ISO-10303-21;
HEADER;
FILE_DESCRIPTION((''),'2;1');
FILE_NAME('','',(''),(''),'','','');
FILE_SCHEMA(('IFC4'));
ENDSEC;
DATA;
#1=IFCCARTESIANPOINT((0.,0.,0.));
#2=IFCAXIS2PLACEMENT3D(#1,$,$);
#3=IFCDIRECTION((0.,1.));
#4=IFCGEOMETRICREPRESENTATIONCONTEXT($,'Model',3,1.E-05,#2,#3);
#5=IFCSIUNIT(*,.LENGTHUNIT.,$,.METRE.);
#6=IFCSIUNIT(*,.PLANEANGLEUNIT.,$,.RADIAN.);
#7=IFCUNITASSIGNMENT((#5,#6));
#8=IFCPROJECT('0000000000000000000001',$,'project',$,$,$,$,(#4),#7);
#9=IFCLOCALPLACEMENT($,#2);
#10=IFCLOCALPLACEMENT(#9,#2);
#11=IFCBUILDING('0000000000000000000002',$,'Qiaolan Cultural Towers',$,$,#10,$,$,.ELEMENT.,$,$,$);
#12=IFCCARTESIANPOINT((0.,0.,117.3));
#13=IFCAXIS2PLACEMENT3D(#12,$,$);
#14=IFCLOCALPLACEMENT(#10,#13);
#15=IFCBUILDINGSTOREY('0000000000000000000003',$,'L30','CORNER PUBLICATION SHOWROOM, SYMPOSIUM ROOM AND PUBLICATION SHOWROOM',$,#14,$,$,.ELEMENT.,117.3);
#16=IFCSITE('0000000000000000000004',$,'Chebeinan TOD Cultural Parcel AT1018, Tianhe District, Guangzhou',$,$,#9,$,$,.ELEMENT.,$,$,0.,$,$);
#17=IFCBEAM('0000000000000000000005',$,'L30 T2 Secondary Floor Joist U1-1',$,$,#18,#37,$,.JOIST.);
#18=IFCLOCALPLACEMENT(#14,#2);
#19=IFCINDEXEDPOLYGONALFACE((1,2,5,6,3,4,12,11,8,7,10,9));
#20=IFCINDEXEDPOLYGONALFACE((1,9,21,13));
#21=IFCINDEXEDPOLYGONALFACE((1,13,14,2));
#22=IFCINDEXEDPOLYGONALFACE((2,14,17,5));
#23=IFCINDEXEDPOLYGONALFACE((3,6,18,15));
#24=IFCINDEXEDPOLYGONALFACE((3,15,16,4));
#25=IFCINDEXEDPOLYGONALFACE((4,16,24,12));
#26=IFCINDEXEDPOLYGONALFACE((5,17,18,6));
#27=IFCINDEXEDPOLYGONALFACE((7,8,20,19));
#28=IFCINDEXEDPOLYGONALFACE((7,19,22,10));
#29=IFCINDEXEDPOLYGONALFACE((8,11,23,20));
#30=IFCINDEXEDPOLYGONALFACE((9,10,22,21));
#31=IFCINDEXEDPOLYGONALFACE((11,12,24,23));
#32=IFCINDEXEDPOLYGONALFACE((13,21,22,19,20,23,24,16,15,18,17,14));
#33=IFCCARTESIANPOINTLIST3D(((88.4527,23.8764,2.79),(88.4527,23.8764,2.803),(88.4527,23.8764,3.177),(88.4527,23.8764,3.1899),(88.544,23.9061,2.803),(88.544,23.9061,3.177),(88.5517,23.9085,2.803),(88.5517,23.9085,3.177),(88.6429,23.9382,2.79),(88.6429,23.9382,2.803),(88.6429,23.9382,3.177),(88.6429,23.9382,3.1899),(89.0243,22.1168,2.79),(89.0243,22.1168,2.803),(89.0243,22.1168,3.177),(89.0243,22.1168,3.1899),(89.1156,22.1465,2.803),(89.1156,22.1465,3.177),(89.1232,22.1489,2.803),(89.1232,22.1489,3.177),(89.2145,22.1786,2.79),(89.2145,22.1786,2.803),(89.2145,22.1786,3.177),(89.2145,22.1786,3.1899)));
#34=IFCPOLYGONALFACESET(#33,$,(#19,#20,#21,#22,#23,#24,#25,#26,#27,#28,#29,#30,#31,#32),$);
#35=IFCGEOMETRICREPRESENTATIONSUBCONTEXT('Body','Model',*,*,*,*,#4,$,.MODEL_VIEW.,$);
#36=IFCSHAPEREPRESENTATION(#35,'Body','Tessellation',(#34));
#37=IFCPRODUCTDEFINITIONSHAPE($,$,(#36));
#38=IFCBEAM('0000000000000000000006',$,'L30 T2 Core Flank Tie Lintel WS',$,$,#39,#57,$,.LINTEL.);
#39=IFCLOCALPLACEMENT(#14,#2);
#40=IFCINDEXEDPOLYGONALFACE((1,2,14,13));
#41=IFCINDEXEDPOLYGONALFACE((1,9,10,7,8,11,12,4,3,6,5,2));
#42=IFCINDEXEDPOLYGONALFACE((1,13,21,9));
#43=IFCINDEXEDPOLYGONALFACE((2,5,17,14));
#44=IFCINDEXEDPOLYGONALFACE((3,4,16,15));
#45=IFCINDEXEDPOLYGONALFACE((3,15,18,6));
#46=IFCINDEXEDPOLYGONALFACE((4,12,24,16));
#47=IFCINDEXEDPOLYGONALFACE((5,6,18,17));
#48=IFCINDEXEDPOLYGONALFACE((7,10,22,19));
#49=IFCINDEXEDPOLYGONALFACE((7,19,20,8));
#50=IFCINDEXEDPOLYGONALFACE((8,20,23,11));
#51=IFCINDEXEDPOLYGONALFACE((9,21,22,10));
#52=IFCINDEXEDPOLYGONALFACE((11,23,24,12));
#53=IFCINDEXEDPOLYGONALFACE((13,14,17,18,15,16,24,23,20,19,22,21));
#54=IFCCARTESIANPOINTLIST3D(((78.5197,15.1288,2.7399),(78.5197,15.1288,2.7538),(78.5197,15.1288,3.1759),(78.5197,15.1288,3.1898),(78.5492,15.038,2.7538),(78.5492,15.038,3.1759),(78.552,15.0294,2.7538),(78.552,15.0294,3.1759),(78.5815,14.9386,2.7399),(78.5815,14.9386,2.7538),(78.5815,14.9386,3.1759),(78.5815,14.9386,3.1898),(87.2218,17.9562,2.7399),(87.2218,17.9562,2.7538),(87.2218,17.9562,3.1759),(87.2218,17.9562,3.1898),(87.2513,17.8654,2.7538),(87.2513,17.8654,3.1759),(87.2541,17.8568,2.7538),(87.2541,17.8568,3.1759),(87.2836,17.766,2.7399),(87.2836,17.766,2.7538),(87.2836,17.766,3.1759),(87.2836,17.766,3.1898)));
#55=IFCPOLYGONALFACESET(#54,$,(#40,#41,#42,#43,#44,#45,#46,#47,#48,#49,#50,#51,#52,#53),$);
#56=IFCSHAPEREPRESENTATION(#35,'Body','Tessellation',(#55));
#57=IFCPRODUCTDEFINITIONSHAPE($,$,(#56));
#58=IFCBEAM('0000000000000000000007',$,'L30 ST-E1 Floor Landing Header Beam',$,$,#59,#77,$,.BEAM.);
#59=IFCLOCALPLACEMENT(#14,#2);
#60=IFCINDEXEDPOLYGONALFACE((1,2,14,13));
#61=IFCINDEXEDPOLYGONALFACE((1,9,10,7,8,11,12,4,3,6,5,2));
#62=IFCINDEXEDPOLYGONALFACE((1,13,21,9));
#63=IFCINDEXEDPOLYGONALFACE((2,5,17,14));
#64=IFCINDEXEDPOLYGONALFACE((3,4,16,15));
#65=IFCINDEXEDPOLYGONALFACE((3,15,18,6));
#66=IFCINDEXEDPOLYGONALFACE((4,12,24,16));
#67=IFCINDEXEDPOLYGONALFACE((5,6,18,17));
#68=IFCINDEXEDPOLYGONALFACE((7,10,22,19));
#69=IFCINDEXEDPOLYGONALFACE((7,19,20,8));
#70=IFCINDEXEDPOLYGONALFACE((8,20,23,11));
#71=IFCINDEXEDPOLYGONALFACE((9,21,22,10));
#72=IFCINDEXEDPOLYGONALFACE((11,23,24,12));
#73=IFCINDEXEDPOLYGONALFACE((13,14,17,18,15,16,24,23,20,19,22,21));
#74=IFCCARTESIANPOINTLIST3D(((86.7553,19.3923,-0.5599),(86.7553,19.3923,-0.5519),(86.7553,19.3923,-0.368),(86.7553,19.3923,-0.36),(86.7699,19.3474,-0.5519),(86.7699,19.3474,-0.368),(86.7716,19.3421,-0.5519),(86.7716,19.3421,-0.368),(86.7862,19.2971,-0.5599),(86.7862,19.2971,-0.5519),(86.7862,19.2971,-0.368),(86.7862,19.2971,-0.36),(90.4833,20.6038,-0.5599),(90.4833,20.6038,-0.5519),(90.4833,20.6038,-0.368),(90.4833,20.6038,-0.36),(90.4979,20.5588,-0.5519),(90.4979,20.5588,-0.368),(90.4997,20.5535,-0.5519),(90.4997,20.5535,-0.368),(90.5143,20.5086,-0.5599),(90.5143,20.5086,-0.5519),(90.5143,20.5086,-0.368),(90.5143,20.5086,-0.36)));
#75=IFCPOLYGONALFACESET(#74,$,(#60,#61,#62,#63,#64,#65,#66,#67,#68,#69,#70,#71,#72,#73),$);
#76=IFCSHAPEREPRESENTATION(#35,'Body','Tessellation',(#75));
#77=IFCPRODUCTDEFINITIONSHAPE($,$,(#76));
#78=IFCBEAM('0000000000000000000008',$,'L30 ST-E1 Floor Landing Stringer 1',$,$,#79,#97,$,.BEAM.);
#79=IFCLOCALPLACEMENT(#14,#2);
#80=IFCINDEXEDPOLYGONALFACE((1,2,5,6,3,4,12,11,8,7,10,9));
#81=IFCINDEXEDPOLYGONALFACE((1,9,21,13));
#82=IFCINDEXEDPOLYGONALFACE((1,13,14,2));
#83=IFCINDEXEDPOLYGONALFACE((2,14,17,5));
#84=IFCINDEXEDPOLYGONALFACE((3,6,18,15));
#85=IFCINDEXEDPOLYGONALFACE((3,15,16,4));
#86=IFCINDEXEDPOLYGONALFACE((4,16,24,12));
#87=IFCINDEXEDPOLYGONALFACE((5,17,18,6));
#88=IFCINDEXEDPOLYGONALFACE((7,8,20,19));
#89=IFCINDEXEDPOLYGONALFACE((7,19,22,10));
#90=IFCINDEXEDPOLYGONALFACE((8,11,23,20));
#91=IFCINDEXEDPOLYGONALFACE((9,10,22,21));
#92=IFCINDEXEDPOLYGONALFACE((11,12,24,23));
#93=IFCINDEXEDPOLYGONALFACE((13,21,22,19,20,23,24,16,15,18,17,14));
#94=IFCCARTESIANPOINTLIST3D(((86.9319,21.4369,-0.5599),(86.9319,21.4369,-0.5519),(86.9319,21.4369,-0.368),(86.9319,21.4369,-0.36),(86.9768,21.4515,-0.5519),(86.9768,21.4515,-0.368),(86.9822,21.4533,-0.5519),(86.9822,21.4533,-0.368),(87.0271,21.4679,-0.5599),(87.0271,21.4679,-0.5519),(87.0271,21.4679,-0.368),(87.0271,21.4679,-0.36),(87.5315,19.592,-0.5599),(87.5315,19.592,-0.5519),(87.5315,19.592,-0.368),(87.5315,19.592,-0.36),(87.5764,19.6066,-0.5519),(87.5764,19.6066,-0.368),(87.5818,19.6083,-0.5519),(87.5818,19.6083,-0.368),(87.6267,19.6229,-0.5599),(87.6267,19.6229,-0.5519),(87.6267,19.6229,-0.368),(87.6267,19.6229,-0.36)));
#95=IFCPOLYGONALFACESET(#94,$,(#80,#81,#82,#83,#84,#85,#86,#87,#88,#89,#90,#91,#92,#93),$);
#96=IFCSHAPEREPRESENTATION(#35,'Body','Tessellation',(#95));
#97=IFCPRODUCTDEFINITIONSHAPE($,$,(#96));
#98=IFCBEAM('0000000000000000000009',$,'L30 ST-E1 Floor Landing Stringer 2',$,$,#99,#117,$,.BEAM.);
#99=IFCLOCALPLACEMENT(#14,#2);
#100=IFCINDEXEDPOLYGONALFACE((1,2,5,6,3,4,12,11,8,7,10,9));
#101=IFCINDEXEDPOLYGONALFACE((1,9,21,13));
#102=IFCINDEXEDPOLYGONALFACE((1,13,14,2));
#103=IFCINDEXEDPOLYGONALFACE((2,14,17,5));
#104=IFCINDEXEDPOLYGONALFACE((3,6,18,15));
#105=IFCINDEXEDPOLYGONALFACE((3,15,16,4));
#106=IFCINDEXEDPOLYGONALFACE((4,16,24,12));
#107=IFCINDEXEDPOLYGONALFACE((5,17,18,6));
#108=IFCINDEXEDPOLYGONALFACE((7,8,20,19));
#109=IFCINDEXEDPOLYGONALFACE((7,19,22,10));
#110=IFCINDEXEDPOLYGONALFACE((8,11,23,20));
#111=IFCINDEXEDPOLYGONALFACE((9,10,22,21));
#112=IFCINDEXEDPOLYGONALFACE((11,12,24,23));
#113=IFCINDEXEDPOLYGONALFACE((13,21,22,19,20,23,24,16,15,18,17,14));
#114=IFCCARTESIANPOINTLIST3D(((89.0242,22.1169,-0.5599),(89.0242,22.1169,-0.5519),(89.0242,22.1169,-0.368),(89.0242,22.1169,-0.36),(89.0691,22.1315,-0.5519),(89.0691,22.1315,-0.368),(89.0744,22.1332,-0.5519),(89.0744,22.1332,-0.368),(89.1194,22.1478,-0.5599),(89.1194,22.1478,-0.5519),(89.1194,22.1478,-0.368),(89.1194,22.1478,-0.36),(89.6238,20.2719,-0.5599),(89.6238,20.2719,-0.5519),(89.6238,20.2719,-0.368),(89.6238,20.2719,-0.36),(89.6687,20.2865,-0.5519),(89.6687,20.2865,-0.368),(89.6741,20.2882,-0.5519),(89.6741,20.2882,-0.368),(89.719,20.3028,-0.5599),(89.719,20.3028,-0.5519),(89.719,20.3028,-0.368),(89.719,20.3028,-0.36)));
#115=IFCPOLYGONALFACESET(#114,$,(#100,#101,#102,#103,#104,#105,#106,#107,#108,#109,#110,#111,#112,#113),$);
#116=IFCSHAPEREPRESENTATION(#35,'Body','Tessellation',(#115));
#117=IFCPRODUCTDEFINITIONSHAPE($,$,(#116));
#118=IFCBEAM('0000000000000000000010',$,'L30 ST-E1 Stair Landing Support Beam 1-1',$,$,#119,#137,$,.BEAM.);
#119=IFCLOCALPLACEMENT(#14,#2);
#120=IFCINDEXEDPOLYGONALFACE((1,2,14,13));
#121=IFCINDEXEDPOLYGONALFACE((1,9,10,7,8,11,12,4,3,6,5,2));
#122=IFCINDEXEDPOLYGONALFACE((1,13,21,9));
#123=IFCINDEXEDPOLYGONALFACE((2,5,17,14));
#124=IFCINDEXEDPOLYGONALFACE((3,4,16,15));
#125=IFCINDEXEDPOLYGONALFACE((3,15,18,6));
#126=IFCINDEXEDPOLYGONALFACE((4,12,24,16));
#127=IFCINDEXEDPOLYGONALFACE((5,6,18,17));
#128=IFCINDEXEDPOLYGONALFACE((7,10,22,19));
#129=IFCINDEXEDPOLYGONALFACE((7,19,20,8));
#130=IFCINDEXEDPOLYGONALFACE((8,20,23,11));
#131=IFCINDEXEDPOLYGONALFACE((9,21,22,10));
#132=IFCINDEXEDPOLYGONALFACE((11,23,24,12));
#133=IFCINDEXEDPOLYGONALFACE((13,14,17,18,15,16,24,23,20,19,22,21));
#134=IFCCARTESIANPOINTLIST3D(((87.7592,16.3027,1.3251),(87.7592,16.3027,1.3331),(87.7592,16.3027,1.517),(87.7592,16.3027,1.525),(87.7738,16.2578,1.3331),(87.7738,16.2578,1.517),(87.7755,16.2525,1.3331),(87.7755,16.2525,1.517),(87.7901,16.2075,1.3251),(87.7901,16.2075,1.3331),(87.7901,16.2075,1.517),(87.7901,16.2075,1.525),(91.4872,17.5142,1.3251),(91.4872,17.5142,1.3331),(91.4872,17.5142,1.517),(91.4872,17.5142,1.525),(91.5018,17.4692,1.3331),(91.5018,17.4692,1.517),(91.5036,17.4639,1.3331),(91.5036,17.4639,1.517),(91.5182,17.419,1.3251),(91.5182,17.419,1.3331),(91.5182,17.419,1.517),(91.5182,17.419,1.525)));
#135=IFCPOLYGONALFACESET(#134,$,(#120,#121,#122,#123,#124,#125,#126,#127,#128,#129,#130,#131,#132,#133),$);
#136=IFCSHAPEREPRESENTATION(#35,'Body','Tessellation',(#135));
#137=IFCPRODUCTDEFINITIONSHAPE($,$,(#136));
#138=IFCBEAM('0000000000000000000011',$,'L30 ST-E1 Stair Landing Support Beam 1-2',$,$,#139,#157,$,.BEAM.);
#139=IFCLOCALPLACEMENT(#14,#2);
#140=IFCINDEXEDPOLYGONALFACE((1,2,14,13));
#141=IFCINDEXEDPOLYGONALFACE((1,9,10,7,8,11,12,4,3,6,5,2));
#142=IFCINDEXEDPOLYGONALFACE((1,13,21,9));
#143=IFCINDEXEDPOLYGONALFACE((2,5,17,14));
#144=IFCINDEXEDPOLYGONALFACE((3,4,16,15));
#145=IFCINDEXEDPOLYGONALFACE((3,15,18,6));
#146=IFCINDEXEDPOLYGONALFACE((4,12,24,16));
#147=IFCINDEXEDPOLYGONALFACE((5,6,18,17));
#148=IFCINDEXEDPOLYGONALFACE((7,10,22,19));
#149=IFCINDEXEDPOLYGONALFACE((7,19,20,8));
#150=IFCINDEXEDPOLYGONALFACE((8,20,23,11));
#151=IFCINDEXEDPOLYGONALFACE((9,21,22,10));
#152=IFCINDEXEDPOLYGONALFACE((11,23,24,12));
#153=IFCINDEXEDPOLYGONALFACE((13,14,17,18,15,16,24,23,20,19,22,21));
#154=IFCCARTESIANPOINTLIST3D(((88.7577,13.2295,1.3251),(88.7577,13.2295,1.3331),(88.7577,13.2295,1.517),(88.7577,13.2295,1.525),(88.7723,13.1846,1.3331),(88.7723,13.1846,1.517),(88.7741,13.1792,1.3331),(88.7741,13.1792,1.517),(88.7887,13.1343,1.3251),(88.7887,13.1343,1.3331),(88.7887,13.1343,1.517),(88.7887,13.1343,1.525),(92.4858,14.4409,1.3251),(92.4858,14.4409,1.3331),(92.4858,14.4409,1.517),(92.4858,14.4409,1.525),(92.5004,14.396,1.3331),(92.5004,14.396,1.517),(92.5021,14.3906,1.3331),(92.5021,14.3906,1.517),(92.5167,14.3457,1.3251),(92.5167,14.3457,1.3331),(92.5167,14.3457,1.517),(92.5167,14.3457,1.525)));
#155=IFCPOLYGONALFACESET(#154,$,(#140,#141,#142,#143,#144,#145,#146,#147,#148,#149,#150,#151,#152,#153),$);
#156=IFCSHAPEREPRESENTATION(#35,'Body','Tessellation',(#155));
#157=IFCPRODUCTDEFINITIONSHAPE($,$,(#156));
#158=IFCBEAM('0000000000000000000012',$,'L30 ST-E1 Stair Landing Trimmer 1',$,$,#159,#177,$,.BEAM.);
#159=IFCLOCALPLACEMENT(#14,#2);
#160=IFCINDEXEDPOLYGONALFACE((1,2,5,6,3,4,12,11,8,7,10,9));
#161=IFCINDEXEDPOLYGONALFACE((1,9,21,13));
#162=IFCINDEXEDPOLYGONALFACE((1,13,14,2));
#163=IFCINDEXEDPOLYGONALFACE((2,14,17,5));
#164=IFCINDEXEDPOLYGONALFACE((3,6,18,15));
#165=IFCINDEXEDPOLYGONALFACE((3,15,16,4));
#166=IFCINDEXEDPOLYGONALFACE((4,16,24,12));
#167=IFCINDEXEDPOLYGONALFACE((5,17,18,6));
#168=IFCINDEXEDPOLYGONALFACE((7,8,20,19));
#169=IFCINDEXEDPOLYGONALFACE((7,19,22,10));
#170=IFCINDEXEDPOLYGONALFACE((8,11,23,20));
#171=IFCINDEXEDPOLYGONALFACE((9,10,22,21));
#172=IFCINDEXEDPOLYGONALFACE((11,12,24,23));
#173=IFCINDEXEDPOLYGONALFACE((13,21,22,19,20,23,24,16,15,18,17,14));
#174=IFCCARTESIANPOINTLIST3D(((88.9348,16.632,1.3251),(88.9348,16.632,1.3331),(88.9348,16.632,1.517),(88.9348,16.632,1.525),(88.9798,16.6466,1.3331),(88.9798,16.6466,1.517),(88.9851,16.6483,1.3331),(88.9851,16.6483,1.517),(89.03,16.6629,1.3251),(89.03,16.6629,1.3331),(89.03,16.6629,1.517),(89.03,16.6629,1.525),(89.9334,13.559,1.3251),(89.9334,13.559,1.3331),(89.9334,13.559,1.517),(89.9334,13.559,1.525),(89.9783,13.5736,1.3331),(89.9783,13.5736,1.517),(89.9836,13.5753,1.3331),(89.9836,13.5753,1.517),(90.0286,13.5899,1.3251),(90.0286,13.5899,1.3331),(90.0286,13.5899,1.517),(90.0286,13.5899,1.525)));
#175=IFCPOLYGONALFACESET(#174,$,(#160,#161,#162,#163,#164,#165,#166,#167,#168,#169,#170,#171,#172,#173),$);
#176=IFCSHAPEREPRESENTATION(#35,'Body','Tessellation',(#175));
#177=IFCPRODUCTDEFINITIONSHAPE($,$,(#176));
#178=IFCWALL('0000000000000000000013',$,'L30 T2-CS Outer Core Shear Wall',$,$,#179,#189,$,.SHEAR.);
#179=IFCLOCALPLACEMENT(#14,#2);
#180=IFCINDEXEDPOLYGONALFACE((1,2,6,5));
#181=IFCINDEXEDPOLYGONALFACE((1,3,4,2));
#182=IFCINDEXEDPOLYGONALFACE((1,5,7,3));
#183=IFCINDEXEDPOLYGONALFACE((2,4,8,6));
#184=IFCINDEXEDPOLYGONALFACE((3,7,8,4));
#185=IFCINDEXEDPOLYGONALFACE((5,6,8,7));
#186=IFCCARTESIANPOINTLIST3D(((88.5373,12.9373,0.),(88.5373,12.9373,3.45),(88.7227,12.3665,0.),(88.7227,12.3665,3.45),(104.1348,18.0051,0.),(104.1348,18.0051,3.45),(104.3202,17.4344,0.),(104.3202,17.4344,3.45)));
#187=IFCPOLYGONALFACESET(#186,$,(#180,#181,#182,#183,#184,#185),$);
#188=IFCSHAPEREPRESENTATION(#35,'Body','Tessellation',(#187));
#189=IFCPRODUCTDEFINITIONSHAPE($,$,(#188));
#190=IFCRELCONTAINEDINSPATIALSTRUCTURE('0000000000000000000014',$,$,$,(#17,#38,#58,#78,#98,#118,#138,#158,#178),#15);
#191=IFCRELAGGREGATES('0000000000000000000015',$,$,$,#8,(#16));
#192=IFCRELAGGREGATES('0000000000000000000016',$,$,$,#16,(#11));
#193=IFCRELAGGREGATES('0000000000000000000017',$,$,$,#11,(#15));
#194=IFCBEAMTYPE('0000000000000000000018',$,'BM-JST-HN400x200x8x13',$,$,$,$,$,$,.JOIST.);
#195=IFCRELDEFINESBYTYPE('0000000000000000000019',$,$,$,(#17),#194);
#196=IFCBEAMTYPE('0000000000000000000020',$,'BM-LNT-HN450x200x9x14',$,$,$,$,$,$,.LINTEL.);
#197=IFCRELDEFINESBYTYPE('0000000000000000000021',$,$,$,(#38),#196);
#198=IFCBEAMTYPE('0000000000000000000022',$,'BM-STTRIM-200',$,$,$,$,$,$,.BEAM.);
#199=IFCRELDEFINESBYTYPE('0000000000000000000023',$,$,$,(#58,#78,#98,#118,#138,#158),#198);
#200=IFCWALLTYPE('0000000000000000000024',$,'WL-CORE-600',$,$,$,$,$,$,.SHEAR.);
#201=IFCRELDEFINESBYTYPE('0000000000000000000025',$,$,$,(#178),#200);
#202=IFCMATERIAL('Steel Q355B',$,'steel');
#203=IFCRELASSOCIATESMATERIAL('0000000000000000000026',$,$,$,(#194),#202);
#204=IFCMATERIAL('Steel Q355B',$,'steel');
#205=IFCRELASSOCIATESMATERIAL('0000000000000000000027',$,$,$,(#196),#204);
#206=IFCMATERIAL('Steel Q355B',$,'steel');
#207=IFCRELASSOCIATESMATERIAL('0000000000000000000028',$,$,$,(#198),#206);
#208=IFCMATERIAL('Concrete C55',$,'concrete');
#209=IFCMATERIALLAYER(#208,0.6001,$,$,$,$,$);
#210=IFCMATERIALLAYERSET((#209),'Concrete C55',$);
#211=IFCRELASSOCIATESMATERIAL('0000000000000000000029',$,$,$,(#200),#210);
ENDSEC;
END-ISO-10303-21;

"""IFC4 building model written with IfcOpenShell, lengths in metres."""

from ifc_helpers import new_model, si_unit, direction, frame, frame_2d, origin, origin_2d, place, context, subcontext, project, spatial, rectangle, i_section, extrude, material, layer, layer_set, material_profile, profile_set, type_object, element, save


model = new_model("IFC4")

# Units and contexts
model_context = context("Model", 3, precision=1e-05, world=origin(), true_north=direction((0.0, 1.0)))
body_context = subcontext(model_context, "Body", "Model", "MODEL_VIEW")
ifc_project = project(units=[si_unit("LENGTHUNIT", "METRE"), si_unit("PLANEANGLEUNIT", "RADIAN")], contexts=[model_context])

# Site, building, storey
site_placement = place(None, origin())
site = spatial("IfcSite", under=ifc_project, at=site_placement, Name="Chebeinan TOD Cultural Parcel AT1018, Tianhe District, Guangzhou", CompositionType="ELEMENT", RefElevation=0.0)
building_placement = place(site_placement, origin())
building = spatial("IfcBuilding", under=site, at=building_placement, Name="Qiaolan Cultural Towers", CompositionType="ELEMENT")
storey_placement = place(building_placement, frame((0.0, 0.0, 117.3)))
storey = spatial("IfcBuildingStorey", under=building, at=storey_placement, Name="L30", Description="CORNER PUBLICATION SHOWROOM, SYMPOSIUM ROOM AND PUBLICATION SHOWROOM", CompositionType="ELEMENT", Elevation=117.3)

# Beams
ifc_material_1 = material(Name="Steel Q355B", Category="steel")
ifc_material_profile_1 = material_profile(ifc_material_1, i_section(OverallWidth=0.2, OverallDepth=0.3999, WebThickness=0.0081, FlangeThickness=0.0129, at=origin_2d()), Name="HN400x200x8x13")
ifc_profile_set_1 = profile_set([ifc_material_profile_1], Name="Steel Q355B")
beam_type_1 = type_object("IfcBeamType", Name="BM-JST-HN400x200x8x13", PredefinedType="JOIST", material=ifc_profile_set_1)
beam_1_placement = place(storey_placement, frame((89.1194, 22.1477, 2.99), z_axis=(-0.308934, 0.951084, 0.0), x_axis=(-0.951084, -0.308934, 0.0)))
element("IfcBeam", 1, at=beam_1_placement, inside=storey, type_object=beam_type_1, Name="L30 T2 Secondary Floor Joist U1-1", PredefinedType="JOIST", context=body_context, shape_type="SweptSolid", body=[
    extrude(i_section(OverallWidth=0.2, OverallDepth=0.3999, WebThickness=0.0081, FlangeThickness=0.0129, at=origin_2d()), origin(), (0.0, 0.0, 1.0), 1.8501),
])
ifc_material_2 = material(Name="Steel Q355B", Category="steel")
ifc_material_profile_2 = material_profile(ifc_material_2, i_section(OverallWidth=0.2, OverallDepth=0.45, WebThickness=0.009, FlangeThickness=0.0139, at=origin_2d()), Name="HN450x200x9x14")
ifc_profile_set_2 = profile_set([ifc_material_profile_2], Name="Steel Q355B")
beam_type_2 = type_object("IfcBeamType", Name="BM-LNT-HN450x200x9x14", PredefinedType="LINTEL", material=ifc_profile_set_2)
beam_2_placement = place(storey_placement, frame((87.2527, 17.8611, 2.9648), z_axis=(-0.95106, -0.309006, 0.0), x_axis=(0.309006, -0.95106, 0.0)))
element("IfcBeam", 2, at=beam_2_placement, inside=storey, type_object=beam_type_2, Name="L30 T2 Core Flank Tie Lintel WS", PredefinedType="LINTEL", context=body_context, shape_type="SweptSolid", body=[
    extrude(i_section(OverallWidth=0.2, OverallDepth=0.45, WebThickness=0.009, FlangeThickness=0.0139, at=origin_2d()), origin(), (0.0, 0.0, 1.0), 9.1499),
])
ifc_material_3 = material(Name="Steel Q355B", Category="steel")
ifc_material_profile_3 = material_profile(ifc_material_3, i_section(OverallWidth=0.1001, OverallDepth=0.2, WebThickness=0.0056, FlangeThickness=0.0081, at=origin_2d()), Name="HN200x100x5.5x8")
ifc_profile_set_3 = profile_set([ifc_material_profile_3], Name="Steel Q355B")
beam_type_3 = type_object("IfcBeamType", Name="BM-STTRIM-200", PredefinedType="BEAM", material=ifc_profile_set_3)
beam_3_placement = place(storey_placement, frame((86.7708, 19.3447, -0.46), z_axis=(0.951048, 0.309044, 0.0), x_axis=(-0.309044, 0.951048, 0.0)))
element("IfcBeam", 3, at=beam_3_placement, inside=storey, type_object=beam_type_3, Name="L30 ST-E1 Floor Landing Header Beam", PredefinedType="BEAM", context=body_context, shape_type="SweptSolid", body=[
    extrude(i_section(OverallWidth=0.1001, OverallDepth=0.2, WebThickness=0.0056, FlangeThickness=0.0081, at=origin_2d()), origin(), (0.0, 0.0, 1.0), 3.9199),
])
for number, where, z_axis, x_axis, name in (
    (4, (86.9795, 21.4524, -0.46), (0.309083, -0.951035, 0.0), (0.951035, 0.309083, 0.0), "L30 ST-E1 Floor Landing Stringer 1"),
    (5, (89.0718, 22.1323, -0.46), (0.309083, -0.951035, 0.0), (0.951035, 0.309083, 0.0), "L30 ST-E1 Floor Landing Stringer 2"),
):
    element("IfcBeam", number, at=place(storey_placement, frame(where, z_axis=z_axis, x_axis=x_axis)), inside=storey, type_object=beam_type_3, Name=name, PredefinedType="BEAM", context=body_context, shape_type="SweptSolid", body=[
        extrude(i_section(OverallWidth=0.1001, OverallDepth=0.2, WebThickness=0.0056, FlangeThickness=0.0081, at=origin_2d()), origin(), (0.0, 0.0, 1.0), 1.9399),
    ])
for number, where, z_axis, x_axis, name in (
    (6, (87.7747, 16.2551, 1.425), (0.951048, 0.309044, 0.0), (-0.309044, 0.951048, 0.0), "L30 ST-E1 Stair Landing Support Beam 1-1"),
    (7, (88.7732, 13.1819, 1.425), (0.951048, 0.309044, 0.0), (-0.309044, 0.951048, 0.0), "L30 ST-E1 Stair Landing Support Beam 1-2"),
):
    element("IfcBeam", number, at=place(storey_placement, frame(where, z_axis=z_axis, x_axis=x_axis)), inside=storey, type_object=beam_type_3, Name=name, PredefinedType="BEAM", context=body_context, shape_type="SweptSolid", body=[
        extrude(i_section(OverallWidth=0.1001, OverallDepth=0.2, WebThickness=0.0056, FlangeThickness=0.0081, at=origin_2d()), origin(), (0.0, 0.0, 1.0), 3.9199),
    ])
beam_4_placement = place(storey_placement, frame((88.9824, 16.6475, 1.425), z_axis=(0.309033, -0.951051, 0.0), x_axis=(0.951051, 0.309033, 0.0)))
element("IfcBeam", 8, at=beam_4_placement, inside=storey, type_object=beam_type_3, Name="L30 ST-E1 Stair Landing Trimmer 1", PredefinedType="BEAM", context=body_context, shape_type="SweptSolid", body=[
    extrude(i_section(OverallWidth=0.1001, OverallDepth=0.2, WebThickness=0.0056, FlangeThickness=0.0081, at=origin_2d()), origin(), (0.0, 0.0, 1.0), 3.2312),
])

# Wall
ifc_material_4 = material(Name="Concrete C55", Category="concrete")
ifc_layer_1 = layer(ifc_material_4, 0.6001)
ifc_layer_set_1 = layer_set([ifc_layer_1], Name="Concrete C55")
wall_type_1 = type_object("IfcWallType", Name="WL-CORE-600", PredefinedType="SHEAR", material=ifc_layer_set_1)
wall_1_placement = place(storey_placement, frame((88.6299, 12.6519, 0.0), z_axis=(0.0, 0.0, 1.0), x_axis=(0.951057, 0.309015, 0.0)))
element("IfcWall", 9, at=wall_1_placement, inside=storey, type_object=wall_type_1, Name="L30 T2-CS Outer Core Shear Wall", PredefinedType="SHEAR", context=body_context, shape_type="SweptSolid", body=[
    extrude(rectangle(XDim=16.4001, YDim=0.6001, at=frame_2d((8.2002, 0.0))), origin(), (0.0, 0.0, 1.0), 3.45),
])

save(model, "model.ifc")
